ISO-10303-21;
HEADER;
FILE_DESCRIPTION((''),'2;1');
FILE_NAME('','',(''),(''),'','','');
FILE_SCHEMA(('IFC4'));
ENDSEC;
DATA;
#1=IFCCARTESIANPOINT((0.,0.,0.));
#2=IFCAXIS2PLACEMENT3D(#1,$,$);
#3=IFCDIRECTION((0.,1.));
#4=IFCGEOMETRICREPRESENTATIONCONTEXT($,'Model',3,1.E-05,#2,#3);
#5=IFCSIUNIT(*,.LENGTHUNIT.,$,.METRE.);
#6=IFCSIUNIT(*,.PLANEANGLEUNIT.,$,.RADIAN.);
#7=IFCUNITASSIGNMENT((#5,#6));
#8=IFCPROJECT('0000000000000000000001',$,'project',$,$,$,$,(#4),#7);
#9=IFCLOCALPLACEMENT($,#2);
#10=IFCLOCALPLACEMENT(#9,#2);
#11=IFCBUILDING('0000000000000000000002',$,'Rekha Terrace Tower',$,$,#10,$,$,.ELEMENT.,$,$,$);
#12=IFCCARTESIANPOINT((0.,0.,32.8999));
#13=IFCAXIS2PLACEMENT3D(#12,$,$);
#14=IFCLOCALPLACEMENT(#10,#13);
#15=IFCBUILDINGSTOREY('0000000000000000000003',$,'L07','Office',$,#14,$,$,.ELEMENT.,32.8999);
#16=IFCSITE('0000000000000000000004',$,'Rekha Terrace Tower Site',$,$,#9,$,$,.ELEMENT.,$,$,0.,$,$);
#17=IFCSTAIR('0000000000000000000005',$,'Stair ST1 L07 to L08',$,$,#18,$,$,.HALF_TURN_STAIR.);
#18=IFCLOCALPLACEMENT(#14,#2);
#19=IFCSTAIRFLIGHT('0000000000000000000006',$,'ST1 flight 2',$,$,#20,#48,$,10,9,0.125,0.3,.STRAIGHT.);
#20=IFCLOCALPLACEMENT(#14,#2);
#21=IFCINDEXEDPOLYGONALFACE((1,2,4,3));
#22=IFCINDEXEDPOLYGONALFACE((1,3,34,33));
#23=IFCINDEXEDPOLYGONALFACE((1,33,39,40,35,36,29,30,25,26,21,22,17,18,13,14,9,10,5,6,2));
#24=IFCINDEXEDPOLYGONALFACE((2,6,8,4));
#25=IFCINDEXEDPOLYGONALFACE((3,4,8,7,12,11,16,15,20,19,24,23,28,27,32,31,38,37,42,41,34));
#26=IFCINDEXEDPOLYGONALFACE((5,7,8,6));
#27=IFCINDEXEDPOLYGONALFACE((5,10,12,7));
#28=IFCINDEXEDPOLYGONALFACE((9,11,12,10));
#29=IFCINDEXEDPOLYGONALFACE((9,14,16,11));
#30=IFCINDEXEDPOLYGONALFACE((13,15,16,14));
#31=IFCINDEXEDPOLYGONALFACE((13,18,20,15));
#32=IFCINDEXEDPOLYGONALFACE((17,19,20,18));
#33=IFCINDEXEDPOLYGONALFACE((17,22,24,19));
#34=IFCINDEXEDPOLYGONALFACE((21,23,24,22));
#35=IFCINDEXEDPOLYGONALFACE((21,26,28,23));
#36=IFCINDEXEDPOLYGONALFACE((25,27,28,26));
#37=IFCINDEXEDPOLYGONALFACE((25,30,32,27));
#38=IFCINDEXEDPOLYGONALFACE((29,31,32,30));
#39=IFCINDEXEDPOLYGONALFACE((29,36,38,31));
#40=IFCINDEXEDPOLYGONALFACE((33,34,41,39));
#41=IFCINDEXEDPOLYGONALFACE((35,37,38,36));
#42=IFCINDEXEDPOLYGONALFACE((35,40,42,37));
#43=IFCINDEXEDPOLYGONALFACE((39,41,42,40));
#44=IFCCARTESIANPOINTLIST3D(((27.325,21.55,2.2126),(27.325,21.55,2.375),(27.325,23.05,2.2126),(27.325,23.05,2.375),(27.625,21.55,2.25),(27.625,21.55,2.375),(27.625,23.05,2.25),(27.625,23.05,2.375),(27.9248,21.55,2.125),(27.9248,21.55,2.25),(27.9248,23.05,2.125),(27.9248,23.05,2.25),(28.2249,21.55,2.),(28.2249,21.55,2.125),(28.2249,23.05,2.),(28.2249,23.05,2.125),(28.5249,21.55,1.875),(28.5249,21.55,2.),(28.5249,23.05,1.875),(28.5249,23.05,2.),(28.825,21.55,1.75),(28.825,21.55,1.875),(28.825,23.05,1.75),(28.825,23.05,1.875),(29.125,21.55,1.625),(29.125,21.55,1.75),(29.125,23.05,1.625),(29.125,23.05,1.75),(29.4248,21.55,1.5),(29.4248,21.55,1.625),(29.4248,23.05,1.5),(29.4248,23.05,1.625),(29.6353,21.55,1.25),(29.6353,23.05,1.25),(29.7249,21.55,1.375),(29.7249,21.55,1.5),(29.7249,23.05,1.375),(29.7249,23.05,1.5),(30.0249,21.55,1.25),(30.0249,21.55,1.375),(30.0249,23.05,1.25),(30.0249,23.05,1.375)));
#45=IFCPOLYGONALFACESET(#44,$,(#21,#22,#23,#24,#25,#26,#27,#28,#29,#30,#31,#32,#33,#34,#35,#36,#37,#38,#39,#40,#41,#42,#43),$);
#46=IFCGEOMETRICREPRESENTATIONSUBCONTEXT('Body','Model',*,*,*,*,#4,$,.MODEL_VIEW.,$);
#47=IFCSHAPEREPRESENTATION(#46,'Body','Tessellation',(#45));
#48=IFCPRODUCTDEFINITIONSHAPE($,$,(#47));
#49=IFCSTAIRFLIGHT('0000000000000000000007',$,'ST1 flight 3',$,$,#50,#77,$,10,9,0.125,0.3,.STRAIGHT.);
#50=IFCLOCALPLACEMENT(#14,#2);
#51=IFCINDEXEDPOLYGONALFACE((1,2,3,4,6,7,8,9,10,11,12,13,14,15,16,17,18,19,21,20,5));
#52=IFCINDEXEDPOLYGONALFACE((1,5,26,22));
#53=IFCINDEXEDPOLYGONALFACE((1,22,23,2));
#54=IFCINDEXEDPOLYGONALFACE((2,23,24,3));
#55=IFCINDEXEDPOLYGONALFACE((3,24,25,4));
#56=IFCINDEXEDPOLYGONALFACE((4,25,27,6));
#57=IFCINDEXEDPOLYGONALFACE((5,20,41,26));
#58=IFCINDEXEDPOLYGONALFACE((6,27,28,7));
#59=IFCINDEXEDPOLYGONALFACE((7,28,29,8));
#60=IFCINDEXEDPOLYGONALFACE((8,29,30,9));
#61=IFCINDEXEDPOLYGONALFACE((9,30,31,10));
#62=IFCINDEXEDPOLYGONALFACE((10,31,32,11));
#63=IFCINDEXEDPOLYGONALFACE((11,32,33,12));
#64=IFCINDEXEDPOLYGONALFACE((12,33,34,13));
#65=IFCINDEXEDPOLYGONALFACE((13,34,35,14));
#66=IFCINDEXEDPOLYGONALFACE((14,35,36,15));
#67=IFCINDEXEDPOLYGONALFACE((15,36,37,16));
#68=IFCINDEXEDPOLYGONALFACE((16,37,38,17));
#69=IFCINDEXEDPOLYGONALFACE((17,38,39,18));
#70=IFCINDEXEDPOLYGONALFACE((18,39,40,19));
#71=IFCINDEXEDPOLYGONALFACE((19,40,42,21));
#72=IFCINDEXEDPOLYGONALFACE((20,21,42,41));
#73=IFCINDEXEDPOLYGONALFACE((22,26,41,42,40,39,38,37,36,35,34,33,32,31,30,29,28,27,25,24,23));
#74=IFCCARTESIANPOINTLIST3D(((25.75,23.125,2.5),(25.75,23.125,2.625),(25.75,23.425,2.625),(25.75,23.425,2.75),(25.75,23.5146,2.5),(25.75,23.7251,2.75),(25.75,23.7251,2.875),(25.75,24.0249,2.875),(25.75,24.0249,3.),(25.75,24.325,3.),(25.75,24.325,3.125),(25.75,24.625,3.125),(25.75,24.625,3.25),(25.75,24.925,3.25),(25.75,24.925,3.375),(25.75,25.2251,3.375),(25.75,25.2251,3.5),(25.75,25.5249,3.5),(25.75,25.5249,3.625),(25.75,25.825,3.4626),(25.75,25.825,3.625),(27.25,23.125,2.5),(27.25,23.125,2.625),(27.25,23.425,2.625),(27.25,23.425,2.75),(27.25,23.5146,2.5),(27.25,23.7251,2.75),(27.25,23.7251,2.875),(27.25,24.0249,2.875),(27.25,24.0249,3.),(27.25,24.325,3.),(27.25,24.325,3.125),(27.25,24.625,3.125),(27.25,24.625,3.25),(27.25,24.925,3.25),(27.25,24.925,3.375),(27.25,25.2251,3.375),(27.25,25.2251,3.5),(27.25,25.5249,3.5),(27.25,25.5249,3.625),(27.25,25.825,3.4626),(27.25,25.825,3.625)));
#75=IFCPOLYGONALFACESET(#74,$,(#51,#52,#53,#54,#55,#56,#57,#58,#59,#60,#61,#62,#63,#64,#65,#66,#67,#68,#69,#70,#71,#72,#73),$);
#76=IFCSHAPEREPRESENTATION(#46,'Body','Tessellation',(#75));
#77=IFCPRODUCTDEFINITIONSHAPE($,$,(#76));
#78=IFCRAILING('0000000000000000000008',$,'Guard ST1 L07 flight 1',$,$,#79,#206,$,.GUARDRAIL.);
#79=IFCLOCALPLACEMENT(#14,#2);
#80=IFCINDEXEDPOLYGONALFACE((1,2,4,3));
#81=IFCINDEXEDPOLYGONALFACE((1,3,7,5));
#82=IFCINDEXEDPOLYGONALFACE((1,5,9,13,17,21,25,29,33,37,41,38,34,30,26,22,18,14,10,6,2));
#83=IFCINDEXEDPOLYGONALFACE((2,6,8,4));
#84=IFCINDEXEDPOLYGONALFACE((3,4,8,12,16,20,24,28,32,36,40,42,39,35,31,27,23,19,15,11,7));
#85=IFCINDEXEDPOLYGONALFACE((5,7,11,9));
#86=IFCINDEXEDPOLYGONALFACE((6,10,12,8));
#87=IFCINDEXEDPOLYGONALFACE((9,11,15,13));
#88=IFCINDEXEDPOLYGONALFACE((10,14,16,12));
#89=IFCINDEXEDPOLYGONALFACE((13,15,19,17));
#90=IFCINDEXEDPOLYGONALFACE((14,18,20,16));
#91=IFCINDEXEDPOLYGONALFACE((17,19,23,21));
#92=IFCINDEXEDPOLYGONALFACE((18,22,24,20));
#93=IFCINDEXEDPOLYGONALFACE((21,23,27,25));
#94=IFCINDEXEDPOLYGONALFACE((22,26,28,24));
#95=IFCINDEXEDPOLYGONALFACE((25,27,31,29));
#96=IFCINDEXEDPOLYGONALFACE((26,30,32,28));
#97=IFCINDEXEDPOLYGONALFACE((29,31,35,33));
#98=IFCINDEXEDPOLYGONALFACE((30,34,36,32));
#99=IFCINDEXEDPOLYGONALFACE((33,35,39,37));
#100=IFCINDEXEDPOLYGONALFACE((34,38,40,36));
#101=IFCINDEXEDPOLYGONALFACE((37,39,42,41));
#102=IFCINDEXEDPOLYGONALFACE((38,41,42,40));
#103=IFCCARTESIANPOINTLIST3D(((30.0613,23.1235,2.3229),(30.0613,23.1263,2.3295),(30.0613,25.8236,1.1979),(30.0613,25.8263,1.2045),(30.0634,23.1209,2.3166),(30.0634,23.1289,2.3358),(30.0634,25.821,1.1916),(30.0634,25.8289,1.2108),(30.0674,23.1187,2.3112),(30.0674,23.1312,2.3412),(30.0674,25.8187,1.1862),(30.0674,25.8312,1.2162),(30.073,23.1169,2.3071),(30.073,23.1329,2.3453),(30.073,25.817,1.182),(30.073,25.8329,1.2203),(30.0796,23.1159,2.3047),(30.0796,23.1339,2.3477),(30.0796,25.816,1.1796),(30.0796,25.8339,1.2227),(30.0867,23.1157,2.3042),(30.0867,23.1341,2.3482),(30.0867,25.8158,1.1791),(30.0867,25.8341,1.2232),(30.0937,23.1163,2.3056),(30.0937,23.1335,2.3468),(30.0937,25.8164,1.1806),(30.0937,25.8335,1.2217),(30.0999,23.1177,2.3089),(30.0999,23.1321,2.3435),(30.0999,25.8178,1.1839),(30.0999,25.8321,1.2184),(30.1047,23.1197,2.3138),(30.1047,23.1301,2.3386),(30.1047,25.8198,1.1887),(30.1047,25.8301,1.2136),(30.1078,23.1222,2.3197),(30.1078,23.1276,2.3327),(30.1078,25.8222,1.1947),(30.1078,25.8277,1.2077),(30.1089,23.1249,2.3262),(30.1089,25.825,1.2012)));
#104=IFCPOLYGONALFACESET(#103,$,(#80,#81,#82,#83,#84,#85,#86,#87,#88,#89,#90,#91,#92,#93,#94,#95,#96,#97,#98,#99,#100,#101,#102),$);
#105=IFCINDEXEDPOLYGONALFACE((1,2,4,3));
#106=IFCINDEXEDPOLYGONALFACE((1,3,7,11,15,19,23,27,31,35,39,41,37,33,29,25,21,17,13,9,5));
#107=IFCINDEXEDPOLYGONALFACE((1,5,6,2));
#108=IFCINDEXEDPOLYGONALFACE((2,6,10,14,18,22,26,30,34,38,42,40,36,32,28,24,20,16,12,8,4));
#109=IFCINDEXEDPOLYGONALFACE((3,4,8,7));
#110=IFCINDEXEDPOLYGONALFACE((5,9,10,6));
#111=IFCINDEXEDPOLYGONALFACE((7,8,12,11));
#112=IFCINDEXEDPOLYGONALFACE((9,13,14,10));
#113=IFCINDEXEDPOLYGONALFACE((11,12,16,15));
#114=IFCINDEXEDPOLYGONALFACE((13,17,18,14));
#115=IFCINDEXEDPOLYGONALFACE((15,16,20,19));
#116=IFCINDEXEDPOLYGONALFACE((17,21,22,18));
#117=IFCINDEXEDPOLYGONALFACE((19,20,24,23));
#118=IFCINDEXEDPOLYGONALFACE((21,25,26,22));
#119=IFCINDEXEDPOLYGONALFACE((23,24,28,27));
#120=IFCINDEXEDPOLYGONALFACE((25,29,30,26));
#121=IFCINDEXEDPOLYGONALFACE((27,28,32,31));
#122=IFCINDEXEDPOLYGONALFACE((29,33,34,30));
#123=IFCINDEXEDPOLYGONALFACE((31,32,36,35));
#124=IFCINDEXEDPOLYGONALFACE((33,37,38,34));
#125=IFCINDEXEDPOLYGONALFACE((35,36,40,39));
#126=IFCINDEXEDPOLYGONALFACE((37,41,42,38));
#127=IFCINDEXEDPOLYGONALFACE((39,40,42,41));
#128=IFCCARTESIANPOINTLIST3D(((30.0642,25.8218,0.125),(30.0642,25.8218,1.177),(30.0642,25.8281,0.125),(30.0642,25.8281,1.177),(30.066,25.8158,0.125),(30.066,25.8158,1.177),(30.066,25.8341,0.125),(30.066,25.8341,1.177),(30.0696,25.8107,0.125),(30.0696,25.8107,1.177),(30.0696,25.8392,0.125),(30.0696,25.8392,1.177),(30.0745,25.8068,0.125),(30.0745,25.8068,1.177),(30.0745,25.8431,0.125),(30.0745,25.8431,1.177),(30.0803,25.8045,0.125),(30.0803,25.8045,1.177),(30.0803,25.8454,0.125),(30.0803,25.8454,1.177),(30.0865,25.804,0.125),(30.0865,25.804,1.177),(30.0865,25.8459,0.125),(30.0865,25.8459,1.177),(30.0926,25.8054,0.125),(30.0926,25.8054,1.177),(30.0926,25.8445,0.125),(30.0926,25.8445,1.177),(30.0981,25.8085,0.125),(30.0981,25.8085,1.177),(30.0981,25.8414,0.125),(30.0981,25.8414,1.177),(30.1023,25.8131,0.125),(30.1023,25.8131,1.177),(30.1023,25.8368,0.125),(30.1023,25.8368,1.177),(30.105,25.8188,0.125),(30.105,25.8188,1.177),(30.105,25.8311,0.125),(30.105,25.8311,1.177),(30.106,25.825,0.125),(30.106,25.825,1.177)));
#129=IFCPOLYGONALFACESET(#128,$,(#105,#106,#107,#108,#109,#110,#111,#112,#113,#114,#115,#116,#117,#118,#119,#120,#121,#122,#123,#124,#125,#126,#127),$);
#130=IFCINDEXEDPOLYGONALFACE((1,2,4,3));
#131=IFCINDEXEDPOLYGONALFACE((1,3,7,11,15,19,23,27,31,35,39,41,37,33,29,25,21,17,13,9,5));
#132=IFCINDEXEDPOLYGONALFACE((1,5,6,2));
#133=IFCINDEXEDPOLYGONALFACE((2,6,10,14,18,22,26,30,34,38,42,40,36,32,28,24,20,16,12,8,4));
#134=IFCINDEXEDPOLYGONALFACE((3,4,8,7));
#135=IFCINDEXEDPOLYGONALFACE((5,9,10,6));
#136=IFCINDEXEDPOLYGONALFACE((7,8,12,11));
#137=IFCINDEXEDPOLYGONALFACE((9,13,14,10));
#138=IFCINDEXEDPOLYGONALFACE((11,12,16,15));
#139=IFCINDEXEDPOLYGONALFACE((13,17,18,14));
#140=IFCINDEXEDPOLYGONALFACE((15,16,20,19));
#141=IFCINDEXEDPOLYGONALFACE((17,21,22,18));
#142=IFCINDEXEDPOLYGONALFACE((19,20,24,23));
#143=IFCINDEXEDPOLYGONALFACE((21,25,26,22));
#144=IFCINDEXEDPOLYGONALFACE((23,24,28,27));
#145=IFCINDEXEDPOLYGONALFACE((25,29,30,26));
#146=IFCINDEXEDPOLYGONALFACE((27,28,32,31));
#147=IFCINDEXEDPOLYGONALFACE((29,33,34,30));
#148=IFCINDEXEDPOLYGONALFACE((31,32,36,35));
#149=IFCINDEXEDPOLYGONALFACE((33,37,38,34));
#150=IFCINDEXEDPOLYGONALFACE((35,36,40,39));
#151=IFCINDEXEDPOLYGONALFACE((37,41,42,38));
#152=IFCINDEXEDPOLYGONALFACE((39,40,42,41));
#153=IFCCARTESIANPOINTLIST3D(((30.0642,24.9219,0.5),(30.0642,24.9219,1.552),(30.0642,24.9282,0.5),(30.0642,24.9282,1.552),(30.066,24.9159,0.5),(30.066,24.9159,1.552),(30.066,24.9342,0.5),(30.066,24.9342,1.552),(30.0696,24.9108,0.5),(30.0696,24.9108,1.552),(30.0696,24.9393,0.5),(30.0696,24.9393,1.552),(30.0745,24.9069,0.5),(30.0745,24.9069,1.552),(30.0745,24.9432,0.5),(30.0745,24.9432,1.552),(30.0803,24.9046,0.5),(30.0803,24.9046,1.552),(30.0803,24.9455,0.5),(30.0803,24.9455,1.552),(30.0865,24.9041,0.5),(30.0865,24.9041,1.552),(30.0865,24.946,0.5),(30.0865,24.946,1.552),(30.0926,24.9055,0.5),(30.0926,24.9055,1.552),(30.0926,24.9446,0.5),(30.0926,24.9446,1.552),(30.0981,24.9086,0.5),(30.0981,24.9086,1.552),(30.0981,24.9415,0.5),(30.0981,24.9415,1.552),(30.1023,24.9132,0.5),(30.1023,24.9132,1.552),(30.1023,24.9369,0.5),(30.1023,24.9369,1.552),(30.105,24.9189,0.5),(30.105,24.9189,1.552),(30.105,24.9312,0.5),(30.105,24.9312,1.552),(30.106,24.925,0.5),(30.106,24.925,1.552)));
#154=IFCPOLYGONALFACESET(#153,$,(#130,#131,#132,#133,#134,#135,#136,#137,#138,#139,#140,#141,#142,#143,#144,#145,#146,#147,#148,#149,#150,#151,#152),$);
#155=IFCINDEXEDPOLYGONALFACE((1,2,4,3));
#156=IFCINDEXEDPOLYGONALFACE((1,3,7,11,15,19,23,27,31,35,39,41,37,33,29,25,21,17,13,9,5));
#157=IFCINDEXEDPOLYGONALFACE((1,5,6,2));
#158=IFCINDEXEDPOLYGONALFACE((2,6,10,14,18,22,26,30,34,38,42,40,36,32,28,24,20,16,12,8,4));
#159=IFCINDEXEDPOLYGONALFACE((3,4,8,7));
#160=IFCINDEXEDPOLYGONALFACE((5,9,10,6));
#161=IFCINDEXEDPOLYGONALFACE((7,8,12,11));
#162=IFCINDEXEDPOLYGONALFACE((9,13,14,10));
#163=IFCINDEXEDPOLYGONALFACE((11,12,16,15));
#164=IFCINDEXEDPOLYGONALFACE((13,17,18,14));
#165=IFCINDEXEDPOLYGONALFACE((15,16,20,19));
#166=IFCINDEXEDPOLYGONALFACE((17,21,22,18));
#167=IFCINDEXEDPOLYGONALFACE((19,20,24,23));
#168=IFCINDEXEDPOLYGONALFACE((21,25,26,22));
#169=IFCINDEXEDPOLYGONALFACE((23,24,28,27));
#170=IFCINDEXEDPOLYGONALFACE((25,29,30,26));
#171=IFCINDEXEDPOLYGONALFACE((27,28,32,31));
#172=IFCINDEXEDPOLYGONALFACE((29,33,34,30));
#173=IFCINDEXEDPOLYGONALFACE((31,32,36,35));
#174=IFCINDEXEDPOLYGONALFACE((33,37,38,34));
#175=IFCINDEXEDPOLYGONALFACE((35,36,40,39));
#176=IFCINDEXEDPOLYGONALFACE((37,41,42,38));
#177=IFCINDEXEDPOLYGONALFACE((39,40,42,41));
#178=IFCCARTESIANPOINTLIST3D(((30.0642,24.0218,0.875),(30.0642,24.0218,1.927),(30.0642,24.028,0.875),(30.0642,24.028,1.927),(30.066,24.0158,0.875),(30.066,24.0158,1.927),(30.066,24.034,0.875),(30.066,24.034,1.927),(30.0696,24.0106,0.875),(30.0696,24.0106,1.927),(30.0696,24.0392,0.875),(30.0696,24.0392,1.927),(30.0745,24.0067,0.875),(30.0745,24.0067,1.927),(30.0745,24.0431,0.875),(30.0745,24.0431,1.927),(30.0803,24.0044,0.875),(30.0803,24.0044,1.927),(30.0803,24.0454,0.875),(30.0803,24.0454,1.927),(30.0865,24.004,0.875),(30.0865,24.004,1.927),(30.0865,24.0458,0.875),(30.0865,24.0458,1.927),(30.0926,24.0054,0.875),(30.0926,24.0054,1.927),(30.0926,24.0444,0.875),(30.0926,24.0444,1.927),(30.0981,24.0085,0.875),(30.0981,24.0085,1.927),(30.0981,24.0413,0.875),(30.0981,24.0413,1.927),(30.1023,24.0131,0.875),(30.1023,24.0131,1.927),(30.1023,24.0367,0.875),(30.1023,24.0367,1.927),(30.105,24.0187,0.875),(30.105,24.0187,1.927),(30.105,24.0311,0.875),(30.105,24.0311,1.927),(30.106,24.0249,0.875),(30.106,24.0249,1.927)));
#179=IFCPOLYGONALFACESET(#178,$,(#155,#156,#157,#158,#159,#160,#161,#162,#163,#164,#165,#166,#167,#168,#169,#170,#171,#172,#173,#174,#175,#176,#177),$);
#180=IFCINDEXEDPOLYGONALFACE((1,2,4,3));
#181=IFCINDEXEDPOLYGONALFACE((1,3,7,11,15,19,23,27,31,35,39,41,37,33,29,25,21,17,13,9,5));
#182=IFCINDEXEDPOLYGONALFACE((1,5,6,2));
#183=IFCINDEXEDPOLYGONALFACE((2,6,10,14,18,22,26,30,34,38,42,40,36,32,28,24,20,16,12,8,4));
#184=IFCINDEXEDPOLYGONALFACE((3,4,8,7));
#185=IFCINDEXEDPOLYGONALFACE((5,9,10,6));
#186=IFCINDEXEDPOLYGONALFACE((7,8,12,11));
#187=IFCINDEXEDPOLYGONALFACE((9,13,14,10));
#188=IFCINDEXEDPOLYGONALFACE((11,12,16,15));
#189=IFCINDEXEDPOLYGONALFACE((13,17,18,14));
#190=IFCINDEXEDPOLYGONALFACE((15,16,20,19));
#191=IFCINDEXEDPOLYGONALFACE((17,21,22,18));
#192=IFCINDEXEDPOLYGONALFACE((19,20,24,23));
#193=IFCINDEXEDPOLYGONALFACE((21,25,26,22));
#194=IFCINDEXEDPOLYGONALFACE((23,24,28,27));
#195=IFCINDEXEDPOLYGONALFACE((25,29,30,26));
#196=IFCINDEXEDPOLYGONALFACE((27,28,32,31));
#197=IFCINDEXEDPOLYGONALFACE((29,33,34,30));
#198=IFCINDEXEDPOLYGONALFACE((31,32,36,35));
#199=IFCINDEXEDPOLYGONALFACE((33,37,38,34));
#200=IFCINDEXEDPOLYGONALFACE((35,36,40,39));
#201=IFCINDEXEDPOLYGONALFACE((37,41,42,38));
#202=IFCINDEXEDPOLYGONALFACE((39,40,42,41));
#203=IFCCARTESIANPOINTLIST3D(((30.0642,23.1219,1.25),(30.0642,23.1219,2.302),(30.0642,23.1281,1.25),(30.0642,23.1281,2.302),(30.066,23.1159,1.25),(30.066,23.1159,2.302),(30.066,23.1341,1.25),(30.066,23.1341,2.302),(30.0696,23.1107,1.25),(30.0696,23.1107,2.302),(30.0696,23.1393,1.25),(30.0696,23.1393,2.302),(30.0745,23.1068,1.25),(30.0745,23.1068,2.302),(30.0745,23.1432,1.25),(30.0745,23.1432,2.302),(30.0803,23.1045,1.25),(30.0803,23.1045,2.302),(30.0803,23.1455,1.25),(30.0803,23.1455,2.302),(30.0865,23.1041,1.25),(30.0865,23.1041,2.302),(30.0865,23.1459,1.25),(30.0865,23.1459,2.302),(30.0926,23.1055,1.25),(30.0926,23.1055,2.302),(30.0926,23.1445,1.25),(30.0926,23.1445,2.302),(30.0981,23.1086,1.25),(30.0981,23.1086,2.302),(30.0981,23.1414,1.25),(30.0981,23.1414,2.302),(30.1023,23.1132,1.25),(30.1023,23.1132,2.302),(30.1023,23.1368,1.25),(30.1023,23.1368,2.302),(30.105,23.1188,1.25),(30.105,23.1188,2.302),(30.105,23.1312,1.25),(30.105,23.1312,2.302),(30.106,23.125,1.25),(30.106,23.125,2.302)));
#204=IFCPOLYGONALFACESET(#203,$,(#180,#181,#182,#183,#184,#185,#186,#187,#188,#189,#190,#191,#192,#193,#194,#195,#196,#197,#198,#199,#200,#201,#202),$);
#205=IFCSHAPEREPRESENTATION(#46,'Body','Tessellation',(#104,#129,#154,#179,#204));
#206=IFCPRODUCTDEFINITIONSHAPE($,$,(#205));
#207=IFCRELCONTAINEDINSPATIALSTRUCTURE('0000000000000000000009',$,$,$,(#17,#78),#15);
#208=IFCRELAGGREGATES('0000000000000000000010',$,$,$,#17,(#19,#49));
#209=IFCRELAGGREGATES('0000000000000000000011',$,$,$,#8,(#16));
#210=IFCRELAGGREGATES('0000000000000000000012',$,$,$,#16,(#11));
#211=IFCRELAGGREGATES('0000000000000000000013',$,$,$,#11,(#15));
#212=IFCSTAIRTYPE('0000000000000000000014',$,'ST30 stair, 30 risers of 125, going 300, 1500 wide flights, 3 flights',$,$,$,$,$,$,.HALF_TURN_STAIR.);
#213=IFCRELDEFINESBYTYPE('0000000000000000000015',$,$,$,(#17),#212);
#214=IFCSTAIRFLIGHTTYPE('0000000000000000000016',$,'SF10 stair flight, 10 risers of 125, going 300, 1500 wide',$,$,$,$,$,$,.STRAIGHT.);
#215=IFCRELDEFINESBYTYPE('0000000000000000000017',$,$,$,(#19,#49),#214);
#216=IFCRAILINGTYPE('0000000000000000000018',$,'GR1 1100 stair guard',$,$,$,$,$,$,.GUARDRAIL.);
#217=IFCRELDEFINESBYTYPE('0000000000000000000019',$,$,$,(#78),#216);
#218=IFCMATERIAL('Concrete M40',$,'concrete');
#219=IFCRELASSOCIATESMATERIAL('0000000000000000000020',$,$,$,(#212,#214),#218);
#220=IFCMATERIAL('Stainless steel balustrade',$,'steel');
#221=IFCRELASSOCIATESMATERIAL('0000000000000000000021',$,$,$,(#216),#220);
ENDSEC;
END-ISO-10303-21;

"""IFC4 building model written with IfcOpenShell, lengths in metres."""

from ifc_helpers import new_model, si_unit, direction, frame, origin, origin_2d, place, context, subcontext, project, spatial, polyline, circle, outline, extrude, material, type_object, element, aggregate, save


model = new_model("IFC4")

# Units and contexts
model_context = context("Model", 3, precision=1e-05, world=origin(), true_north=direction((0.0, 1.0)))
body_context = subcontext(model_context, "Body", "Model", "MODEL_VIEW")
ifc_project = project(units=[si_unit("LENGTHUNIT", "METRE"), si_unit("PLANEANGLEUNIT", "RADIAN")], contexts=[model_context])

# Site, building, storey
site_placement = place(None, origin())
site = spatial("IfcSite", under=ifc_project, at=site_placement, Name="Rekha Terrace Tower Site", CompositionType="ELEMENT", RefElevation=0.0)
building_placement = place(site_placement, origin())
building = spatial("IfcBuilding", under=site, at=building_placement, Name="Rekha Terrace Tower", CompositionType="ELEMENT")
storey_placement = place(building_placement, frame((0.0, 0.0, 32.8999)))
storey = spatial("IfcBuildingStorey", under=building, at=storey_placement, Name="L07", Description="Office", CompositionType="ELEMENT", Elevation=32.8999)

# Stair, stair flights
ifc_material_1 = material(Name="Concrete M40", Category="concrete")
stair_type = type_object("IfcStairType", Name="ST30 stair, 30 risers of 125, going 300, 1500 wide flights, 3 flights", PredefinedType="HALF_TURN_STAIR", material=ifc_material_1)
stair_placement = place(storey_placement, origin())
stair = element("IfcStair", 1, at=stair_placement, inside=storey, type_object=stair_type, Name="Stair ST1 L07 to L08", PredefinedType="HALF_TURN_STAIR")
stair_flight_type = type_object("IfcStairFlightType", Name="SF10 stair flight, 10 risers of 125, going 300, 1500 wide", PredefinedType="STRAIGHT", material=ifc_material_1)
stair_flight_1_placement = place(storey_placement, frame((30.0249, 22.3, 1.25), z_axis=(0.0, 0.0, 1.0), x_axis=(-1.0, 0.0, 0.0)))
stair_flight_1 = element("IfcStairFlight", 2, at=stair_flight_1_placement, type_object=stair_flight_type, Name="ST1 flight 2", NumberOfRisers=10, NumberOfTreads=9, PredefinedType="STRAIGHT", RiserHeight=0.125, TreadLength=0.3, context=body_context, shape_type="SweptSolid", body=[
    extrude(outline(polyline([(0.0, 0.0), (0.0, 0.125), (0.3, 0.125), (0.3, 0.25), (0.6001, 0.25), (0.6001, 0.375), (0.8999, 0.375), (0.8999, 0.5), (1.2, 0.5), (1.2, 0.625), (1.5, 0.625), (1.5, 0.75), (1.8, 0.75), (1.8, 0.875), (2.1001, 0.875), (2.1001, 1.0), (2.3999, 1.0), (2.3999, 1.125), (2.7, 1.125), (2.7, 1.25), (2.7, 0.9626), (0.3896, 0.0), (0.0, 0.0)])), frame((0.0, 0.75, 0.0), z_axis=(0.0, -1.0, 0.0), x_axis=(1.0, 0.0, 0.0)), (0.0, 0.0, 1.0), 1.5),
])
stair_flight_2_placement = place(storey_placement, frame((26.5, 23.125, 2.5), z_axis=(0.0, 0.0, 1.0), x_axis=(0.0, 1.0, 0.0)))
stair_flight_2 = element("IfcStairFlight", 3, at=stair_flight_2_placement, type_object=stair_flight_type, Name="ST1 flight 3", NumberOfRisers=10, NumberOfTreads=9, PredefinedType="STRAIGHT", RiserHeight=0.125, TreadLength=0.3, context=body_context, shape_type="SweptSolid", body=[
    extrude(outline(polyline([(0.0, 0.0), (0.0, 0.125), (0.3, 0.125), (0.3, 0.25), (0.6001, 0.25), (0.6001, 0.375), (0.8999, 0.375), (0.8999, 0.5), (1.2, 0.5), (1.2, 0.625), (1.5, 0.625), (1.5, 0.75), (1.8, 0.75), (1.8, 0.875), (2.1001, 0.875), (2.1001, 1.0), (2.3999, 1.0), (2.3999, 1.125), (2.7, 1.125), (2.7, 1.25), (2.7, 0.9626), (0.3896, 0.0), (0.0, 0.0)])), frame((0.0, 0.75, 0.0), z_axis=(0.0, -1.0, 0.0), x_axis=(1.0, 0.0, 0.0)), (0.0, 0.0, 1.0), 1.5),
])
aggregate(stair, [stair_flight_1, stair_flight_2])

# Railing
ifc_material_2 = material(Name="Stainless steel balustrade", Category="steel")
railing_type_1 = type_object("IfcRailingType", Name="GR1 1100 stair guard", PredefinedType="GUARDRAIL", material=ifc_material_2)
railing_1_placement = place(storey_placement, frame((30.085, 25.825, 0.125)))
element("IfcRailing", 4, at=railing_1_placement, inside=storey, type_object=railing_type_1, Name="Guard ST1 L07 flight 1", PredefinedType="GUARDRAIL", context=body_context, shape_type="SweptSolid", body=[
    extrude(circle(Radius=0.0239, at=origin_2d()), frame((0.0, 0.0, 1.0762), z_axis=(0.0, -0.923074, 0.384621), x_axis=(1.0, 0.0, 0.0)), (0.0, 0.0, 1.0), 2.925),
    extrude(circle(Radius=0.021, at=origin_2d()), origin(), (0.0, 0.0, 1.0), 1.052),
    extrude(circle(Radius=0.021, at=origin_2d()), frame((0.0, -0.8999, 0.375)), (0.0, 0.0, 1.0), 1.052),
    extrude(circle(Radius=0.021, at=origin_2d()), frame((0.0, -1.8, 0.75)), (0.0, 0.0, 1.0), 1.052),
    extrude(circle(Radius=0.021, at=origin_2d()), frame((0.0, -2.7, 1.125)), (0.0, 0.0, 1.0), 1.052),
])

save(model, "model.ifc")
